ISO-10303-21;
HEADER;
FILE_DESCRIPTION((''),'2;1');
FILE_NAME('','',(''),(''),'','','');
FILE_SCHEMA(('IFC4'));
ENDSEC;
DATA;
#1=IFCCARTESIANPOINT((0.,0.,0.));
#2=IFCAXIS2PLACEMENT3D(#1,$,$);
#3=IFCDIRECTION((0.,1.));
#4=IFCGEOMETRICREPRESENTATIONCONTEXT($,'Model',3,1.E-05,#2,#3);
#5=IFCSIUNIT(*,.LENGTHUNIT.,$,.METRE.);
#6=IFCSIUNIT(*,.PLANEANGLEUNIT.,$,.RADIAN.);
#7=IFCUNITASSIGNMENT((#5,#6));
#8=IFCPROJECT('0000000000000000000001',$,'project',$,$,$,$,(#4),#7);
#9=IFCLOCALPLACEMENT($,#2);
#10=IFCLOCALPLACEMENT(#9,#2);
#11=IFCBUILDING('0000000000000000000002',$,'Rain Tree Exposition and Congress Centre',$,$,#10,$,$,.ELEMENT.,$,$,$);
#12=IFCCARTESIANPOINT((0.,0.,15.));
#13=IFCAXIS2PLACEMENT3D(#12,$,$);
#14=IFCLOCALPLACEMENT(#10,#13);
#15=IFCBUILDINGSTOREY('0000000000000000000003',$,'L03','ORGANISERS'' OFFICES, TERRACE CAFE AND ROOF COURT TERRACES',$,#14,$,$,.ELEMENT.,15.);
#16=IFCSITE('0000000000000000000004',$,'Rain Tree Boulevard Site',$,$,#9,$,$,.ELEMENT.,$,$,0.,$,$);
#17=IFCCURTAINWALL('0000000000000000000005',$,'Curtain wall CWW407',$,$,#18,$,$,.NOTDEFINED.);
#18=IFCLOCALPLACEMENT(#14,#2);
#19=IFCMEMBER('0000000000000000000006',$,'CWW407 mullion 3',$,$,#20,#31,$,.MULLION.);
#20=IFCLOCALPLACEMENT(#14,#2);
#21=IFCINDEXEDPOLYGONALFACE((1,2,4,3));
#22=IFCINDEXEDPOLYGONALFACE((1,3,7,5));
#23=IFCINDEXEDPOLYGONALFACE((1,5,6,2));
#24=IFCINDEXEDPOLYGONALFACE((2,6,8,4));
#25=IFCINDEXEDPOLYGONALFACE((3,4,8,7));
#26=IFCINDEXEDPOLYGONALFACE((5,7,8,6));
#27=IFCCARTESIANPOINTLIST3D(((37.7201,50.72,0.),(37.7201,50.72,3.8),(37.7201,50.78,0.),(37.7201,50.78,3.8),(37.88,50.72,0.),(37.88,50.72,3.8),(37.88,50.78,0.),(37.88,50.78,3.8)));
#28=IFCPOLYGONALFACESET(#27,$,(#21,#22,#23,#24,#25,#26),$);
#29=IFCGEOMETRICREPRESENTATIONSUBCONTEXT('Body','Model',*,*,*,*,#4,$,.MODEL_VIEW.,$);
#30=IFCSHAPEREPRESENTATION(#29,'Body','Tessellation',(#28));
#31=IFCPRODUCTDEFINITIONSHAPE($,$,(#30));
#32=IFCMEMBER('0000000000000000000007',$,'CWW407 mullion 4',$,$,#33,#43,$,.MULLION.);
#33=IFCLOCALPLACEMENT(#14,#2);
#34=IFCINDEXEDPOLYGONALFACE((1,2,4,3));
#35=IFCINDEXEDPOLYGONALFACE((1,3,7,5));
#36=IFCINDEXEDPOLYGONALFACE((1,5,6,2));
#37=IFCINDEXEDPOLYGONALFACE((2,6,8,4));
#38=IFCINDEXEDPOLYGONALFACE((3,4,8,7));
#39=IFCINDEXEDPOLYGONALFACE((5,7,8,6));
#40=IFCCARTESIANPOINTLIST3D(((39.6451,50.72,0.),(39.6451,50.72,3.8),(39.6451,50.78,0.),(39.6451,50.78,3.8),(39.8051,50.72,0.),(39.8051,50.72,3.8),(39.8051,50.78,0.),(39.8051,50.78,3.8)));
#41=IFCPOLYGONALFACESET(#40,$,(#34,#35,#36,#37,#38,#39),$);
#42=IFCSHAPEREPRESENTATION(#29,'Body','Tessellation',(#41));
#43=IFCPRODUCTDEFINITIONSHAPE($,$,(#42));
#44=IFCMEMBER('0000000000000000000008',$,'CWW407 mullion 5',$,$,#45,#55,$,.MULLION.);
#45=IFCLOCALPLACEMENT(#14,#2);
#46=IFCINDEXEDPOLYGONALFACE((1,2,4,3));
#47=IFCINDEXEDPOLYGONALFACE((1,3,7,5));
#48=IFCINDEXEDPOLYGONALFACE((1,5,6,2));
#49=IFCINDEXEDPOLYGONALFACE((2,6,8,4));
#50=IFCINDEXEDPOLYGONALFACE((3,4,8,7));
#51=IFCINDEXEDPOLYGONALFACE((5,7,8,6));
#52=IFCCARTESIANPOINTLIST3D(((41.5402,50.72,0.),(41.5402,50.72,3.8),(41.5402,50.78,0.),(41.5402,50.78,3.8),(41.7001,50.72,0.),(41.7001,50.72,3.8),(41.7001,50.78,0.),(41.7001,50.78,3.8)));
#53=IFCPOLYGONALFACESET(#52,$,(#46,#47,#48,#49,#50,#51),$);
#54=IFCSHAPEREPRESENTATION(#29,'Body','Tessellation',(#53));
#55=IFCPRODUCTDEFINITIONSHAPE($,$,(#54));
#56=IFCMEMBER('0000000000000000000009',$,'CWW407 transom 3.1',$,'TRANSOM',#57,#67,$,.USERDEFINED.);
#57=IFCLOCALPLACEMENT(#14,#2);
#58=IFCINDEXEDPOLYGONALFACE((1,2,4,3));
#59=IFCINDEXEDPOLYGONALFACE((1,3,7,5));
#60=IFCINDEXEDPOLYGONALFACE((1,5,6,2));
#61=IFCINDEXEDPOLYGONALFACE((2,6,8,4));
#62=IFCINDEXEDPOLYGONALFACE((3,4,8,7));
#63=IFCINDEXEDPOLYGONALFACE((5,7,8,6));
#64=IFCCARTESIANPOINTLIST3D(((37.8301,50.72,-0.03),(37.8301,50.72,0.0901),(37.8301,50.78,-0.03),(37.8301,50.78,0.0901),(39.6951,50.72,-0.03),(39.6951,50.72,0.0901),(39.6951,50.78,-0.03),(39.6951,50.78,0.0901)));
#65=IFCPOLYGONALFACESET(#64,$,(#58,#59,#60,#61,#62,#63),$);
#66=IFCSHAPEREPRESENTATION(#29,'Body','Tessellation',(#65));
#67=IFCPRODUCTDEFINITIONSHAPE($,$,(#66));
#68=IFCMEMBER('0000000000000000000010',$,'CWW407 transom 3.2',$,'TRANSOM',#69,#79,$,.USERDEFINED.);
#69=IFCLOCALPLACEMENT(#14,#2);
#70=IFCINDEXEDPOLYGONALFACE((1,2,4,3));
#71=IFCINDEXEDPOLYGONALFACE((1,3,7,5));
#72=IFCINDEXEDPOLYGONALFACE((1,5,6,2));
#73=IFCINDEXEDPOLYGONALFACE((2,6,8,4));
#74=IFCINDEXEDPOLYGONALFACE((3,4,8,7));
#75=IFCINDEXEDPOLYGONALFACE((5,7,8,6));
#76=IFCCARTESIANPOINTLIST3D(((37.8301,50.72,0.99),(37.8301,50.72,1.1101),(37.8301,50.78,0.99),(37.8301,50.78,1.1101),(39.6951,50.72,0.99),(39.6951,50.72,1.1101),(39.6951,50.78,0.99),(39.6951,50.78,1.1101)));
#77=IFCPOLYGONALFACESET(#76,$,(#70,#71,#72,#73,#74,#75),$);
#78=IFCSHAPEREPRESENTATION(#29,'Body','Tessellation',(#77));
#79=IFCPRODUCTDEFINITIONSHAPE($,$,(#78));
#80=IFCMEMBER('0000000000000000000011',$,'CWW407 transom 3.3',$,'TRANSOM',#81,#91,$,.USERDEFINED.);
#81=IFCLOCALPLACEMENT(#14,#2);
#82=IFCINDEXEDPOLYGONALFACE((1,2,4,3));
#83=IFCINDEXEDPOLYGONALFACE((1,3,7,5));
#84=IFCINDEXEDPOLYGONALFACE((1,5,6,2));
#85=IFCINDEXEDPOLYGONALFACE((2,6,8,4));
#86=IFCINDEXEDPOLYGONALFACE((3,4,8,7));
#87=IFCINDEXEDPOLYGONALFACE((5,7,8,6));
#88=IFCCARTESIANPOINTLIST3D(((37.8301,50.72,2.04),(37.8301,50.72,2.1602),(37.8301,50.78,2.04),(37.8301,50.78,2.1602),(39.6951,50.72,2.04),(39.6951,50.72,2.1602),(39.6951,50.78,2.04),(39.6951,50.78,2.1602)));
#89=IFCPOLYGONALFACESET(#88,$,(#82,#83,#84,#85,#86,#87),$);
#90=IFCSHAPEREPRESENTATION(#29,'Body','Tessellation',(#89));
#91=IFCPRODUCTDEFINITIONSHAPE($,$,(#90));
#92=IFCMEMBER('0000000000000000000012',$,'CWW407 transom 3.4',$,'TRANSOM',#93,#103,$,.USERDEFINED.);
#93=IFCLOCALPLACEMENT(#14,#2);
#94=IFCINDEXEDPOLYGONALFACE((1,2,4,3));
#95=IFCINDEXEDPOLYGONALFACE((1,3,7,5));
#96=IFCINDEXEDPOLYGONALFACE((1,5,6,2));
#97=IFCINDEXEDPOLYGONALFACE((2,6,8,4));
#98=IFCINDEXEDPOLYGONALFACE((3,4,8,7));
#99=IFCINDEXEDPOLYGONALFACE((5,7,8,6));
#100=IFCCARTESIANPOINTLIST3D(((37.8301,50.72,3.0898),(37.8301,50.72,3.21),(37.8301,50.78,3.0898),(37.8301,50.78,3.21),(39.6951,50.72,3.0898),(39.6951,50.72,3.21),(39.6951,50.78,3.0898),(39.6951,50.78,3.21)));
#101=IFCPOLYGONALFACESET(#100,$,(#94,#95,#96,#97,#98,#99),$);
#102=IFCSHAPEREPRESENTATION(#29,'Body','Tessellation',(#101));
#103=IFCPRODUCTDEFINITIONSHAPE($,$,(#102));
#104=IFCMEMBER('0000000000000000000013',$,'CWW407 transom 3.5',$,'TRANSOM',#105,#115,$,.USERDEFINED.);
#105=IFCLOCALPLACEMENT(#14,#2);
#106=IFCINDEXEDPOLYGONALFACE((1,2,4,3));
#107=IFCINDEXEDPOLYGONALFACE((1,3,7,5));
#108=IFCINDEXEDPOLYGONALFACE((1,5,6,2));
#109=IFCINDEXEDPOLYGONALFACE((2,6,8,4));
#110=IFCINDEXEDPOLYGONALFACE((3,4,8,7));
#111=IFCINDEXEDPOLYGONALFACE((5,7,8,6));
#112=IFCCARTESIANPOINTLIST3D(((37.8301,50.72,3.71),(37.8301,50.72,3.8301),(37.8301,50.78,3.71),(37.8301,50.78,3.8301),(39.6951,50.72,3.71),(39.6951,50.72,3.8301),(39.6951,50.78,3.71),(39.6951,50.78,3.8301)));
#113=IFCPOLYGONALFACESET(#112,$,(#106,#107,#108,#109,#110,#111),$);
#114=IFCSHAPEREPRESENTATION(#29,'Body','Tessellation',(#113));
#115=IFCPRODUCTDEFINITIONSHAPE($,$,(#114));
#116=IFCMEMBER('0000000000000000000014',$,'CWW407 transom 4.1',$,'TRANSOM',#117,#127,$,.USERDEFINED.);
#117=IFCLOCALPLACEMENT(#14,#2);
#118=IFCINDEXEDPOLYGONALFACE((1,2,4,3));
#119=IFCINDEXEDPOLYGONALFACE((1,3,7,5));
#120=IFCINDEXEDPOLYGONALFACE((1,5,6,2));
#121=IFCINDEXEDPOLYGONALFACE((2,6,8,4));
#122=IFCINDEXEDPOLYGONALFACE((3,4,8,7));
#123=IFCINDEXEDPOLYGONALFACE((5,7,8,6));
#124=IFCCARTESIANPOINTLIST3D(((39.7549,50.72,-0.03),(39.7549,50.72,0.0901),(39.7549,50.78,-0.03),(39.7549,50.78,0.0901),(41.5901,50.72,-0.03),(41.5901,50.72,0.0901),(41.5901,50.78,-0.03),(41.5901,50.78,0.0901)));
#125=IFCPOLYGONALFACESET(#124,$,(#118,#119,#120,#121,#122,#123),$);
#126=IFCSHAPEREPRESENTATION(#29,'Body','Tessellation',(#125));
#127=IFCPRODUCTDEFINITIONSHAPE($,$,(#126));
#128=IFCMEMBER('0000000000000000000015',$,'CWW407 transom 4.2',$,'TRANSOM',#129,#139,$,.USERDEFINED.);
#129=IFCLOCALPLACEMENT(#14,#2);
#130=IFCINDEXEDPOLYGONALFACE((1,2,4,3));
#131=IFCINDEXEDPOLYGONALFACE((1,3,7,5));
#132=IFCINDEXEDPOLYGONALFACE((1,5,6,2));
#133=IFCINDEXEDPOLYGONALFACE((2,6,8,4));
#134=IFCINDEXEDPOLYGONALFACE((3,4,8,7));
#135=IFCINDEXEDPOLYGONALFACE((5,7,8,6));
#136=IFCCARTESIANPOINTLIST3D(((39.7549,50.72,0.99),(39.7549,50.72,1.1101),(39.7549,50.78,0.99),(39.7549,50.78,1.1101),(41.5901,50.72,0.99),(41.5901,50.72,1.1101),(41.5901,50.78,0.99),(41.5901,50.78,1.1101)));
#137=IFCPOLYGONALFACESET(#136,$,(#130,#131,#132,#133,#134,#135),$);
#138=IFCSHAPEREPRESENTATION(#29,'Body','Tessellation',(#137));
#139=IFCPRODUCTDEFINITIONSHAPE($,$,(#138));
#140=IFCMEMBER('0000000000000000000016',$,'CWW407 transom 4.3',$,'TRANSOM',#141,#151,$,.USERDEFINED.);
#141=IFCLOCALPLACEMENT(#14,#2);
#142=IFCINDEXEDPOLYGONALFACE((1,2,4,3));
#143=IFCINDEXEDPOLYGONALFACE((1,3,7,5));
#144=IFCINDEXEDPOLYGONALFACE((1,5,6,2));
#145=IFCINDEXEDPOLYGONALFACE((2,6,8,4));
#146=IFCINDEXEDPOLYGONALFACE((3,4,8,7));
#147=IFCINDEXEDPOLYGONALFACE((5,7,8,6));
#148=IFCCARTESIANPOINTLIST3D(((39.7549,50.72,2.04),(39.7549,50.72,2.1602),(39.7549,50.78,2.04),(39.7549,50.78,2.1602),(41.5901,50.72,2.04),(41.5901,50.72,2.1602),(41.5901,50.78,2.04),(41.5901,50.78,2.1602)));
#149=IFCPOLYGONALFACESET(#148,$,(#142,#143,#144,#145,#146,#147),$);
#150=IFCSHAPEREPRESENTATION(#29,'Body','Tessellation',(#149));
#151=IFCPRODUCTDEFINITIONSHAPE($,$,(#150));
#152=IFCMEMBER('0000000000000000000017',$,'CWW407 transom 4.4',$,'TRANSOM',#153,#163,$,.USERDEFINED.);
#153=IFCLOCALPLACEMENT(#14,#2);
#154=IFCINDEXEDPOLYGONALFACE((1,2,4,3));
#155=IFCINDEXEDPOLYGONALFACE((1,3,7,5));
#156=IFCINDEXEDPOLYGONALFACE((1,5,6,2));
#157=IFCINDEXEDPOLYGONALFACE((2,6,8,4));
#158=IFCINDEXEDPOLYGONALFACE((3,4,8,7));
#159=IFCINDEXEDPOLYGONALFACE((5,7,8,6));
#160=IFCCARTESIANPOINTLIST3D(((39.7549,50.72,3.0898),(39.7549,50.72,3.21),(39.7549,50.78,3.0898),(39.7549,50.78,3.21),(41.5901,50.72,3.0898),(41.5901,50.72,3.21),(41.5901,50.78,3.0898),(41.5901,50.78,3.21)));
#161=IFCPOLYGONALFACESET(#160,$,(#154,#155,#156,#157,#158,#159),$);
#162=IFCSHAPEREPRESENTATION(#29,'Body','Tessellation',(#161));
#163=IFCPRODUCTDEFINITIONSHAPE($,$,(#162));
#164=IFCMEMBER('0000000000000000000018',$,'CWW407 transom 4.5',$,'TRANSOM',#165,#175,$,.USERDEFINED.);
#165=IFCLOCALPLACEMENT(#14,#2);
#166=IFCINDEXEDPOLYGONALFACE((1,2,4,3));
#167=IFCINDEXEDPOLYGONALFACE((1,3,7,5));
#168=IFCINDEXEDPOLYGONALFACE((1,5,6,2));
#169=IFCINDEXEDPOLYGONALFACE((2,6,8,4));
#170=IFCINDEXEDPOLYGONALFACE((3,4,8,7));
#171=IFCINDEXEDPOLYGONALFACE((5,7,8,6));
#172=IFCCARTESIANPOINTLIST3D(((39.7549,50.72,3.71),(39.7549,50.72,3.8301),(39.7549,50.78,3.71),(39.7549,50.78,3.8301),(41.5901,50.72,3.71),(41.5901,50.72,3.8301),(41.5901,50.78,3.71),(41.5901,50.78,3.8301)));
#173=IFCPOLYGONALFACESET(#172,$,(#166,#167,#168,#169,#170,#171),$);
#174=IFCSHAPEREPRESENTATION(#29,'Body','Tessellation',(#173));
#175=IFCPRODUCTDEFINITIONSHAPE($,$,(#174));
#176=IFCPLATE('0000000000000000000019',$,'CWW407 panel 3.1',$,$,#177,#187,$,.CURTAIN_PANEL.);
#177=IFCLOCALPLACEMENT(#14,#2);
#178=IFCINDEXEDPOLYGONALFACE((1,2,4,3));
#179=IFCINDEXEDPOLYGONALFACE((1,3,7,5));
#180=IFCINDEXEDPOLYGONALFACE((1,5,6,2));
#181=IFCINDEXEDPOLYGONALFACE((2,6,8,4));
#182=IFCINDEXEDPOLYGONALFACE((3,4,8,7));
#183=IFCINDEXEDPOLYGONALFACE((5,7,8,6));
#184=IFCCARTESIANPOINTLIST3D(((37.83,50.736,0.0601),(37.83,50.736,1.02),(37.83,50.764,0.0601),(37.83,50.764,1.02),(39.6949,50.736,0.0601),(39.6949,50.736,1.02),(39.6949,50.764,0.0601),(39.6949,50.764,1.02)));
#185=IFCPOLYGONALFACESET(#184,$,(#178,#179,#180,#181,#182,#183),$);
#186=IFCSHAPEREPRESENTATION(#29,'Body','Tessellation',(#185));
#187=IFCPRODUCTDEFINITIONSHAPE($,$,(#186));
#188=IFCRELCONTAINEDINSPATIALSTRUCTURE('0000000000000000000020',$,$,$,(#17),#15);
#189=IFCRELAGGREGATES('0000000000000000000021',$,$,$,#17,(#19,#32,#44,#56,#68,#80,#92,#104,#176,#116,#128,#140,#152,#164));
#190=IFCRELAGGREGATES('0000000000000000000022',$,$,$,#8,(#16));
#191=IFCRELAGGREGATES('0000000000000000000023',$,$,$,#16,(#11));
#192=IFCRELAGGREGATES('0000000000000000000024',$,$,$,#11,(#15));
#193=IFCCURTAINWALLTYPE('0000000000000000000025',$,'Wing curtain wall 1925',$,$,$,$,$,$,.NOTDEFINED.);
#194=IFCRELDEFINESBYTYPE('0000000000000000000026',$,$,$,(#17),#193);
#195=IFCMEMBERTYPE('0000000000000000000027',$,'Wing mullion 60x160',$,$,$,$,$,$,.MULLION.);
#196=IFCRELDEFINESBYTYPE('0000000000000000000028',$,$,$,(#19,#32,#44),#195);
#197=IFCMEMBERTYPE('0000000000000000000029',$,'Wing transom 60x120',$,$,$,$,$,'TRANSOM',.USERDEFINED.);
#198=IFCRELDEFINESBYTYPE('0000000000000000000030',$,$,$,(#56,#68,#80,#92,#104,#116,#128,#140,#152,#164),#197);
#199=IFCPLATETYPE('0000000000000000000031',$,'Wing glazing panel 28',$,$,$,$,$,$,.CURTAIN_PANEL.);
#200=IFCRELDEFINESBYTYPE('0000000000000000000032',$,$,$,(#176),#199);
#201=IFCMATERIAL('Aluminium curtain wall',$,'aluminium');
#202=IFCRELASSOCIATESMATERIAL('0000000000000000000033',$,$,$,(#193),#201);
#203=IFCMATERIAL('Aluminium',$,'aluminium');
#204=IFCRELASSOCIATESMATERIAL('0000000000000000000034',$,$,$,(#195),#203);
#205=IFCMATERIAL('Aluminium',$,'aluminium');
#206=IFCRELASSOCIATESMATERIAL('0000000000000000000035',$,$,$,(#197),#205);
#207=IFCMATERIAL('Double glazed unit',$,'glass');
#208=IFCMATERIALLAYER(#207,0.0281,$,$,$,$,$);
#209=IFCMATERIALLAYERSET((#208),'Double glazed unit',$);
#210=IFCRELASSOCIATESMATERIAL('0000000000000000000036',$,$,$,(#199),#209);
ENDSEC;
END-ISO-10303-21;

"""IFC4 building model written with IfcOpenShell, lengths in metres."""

from ifc_helpers import new_model, si_unit, direction, frame, origin, origin_2d, place, context, subcontext, project, spatial, rectangle, extrude, material, layer, layer_set, material_profile, profile_set, type_object, element, aggregate, save


model = new_model("IFC4")

# Units and contexts
model_context = context("Model", 3, precision=1e-05, world=origin(), true_north=direction((0.0, 1.0)))
body_context = subcontext(model_context, "Body", "Model", "MODEL_VIEW")
ifc_project = project(units=[si_unit("LENGTHUNIT", "METRE"), si_unit("PLANEANGLEUNIT", "RADIAN")], contexts=[model_context])

# Site, building, storey
site_placement = place(None, origin())
site = spatial("IfcSite", under=ifc_project, at=site_placement, Name="Rain Tree Boulevard Site", CompositionType="ELEMENT", RefElevation=0.0)
building_placement = place(site_placement, origin())
building = spatial("IfcBuilding", under=site, at=building_placement, Name="Rain Tree Exposition and Congress Centre", CompositionType="ELEMENT")
storey_placement = place(building_placement, frame((0.0, 0.0, 15.0)))
storey = spatial("IfcBuildingStorey", under=building, at=storey_placement, Name="L03", Description="ORGANISERS' OFFICES, TERRACE CAFE AND ROOF COURT TERRACES", CompositionType="ELEMENT", Elevation=15.0)

# Curtain wall, members, plate
ifc_material_1 = material(Name="Aluminium curtain wall", Category="aluminium")
curtain_wall_type = type_object("IfcCurtainWallType", Name="Wing curtain wall 1925", PredefinedType="NOTDEFINED", material=ifc_material_1)
curtain_wall_placement = place(storey_placement, origin())
curtain_wall = element("IfcCurtainWall", 1, at=curtain_wall_placement, inside=storey, type_object=curtain_wall_type, Name="Curtain wall CWW407", PredefinedType="NOTDEFINED")
ifc_material_2 = material(Name="Aluminium", Category="aluminium")
ifc_material_profile_1 = material_profile(ifc_material_2, rectangle(XDim=0.0601, YDim=0.1599, at=origin_2d()), Name="Aluminium 60x160")
ifc_profile_set_1 = profile_set([ifc_material_profile_1], Name="Aluminium")
member_type_1 = type_object("IfcMemberType", Name="Wing mullion 60x160", PredefinedType="MULLION", material=ifc_profile_set_1)
member_1_placement = place(storey_placement, frame((37.8, 50.75, 0.0), z_axis=(0.0, 0.0, 1.0), x_axis=(0.0, 1.0, 0.0)))
member_1 = element("IfcMember", 2, at=member_1_placement, type_object=member_type_1, Name="CWW407 mullion 3", PredefinedType="MULLION", context=body_context, shape_type="SweptSolid", body=[
    extrude(rectangle(XDim=0.0601, YDim=0.1599, at=origin_2d()), origin(), (0.0, 0.0, 1.0), 3.8),
])
member_2_placement = place(storey_placement, frame((39.7251, 50.75, 0.0), z_axis=(0.0, 0.0, 1.0), x_axis=(0.0, 1.0, 0.0)))
member_2 = element("IfcMember", 3, at=member_2_placement, type_object=member_type_1, Name="CWW407 mullion 4", PredefinedType="MULLION", context=body_context, shape_type="SweptSolid", body=[
    extrude(rectangle(XDim=0.0601, YDim=0.1599, at=origin_2d()), origin(), (0.0, 0.0, 1.0), 3.8),
])
member_3_placement = place(storey_placement, frame((41.6201, 50.75, 0.0), z_axis=(0.0, 0.0, 1.0), x_axis=(0.0, 1.0, 0.0)))
member_3 = element("IfcMember", 4, at=member_3_placement, type_object=member_type_1, Name="CWW407 mullion 5", PredefinedType="MULLION", context=body_context, shape_type="SweptSolid", body=[
    extrude(rectangle(XDim=0.0601, YDim=0.1599, at=origin_2d()), origin(), (0.0, 0.0, 1.0), 3.8),
])
ifc_material_3 = material(Name="Aluminium", Category="aluminium")
ifc_material_profile_2 = material_profile(ifc_material_3, rectangle(XDim=0.0601, YDim=0.1201, at=origin_2d()), Name="Aluminium 60x120")
ifc_profile_set_2 = profile_set([ifc_material_profile_2], Name="Aluminium")
member_type_2 = type_object("IfcMemberType", Name="Wing transom 60x120", ElementType="TRANSOM", PredefinedType="USERDEFINED", material=ifc_profile_set_2)
member_4_placement = place(storey_placement, frame((37.8301, 50.75, 0.03), z_axis=(1.0, 0.0, 0.0), x_axis=(0.0, 1.0, 0.0)))
member_4 = element("IfcMember", 5, at=member_4_placement, type_object=member_type_2, Name="CWW407 transom 3.1", ObjectType="TRANSOM", PredefinedType="USERDEFINED", context=body_context, shape_type="SweptSolid", body=[
    extrude(rectangle(XDim=0.0601, YDim=0.1201, at=origin_2d()), origin(), (0.0, 0.0, 1.0), 1.865),
])
member_5_placement = place(storey_placement, frame((37.8301, 50.75, 1.05), z_axis=(1.0, 0.0, 0.0), x_axis=(0.0, 1.0, 0.0)))
member_5 = element("IfcMember", 6, at=member_5_placement, type_object=member_type_2, Name="CWW407 transom 3.2", ObjectType="TRANSOM", PredefinedType="USERDEFINED", context=body_context, shape_type="SweptSolid", body=[
    extrude(rectangle(XDim=0.0601, YDim=0.1201, at=origin_2d()), origin(), (0.0, 0.0, 1.0), 1.865),
])
member_6_placement = place(storey_placement, frame((37.8301, 50.75, 2.1001), z_axis=(1.0, 0.0, 0.0), x_axis=(0.0, 1.0, 0.0)))
member_6 = element("IfcMember", 7, at=member_6_placement, type_object=member_type_2, Name="CWW407 transom 3.3", ObjectType="TRANSOM", PredefinedType="USERDEFINED", context=body_context, shape_type="SweptSolid", body=[
    extrude(rectangle(XDim=0.0601, YDim=0.1201, at=origin_2d()), origin(), (0.0, 0.0, 1.0), 1.865),
])
member_7_placement = place(storey_placement, frame((37.8301, 50.75, 3.1499), z_axis=(1.0, 0.0, 0.0), x_axis=(0.0, 1.0, 0.0)))
member_7 = element("IfcMember", 8, at=member_7_placement, type_object=member_type_2, Name="CWW407 transom 3.4", ObjectType="TRANSOM", PredefinedType="USERDEFINED", context=body_context, shape_type="SweptSolid", body=[
    extrude(rectangle(XDim=0.0601, YDim=0.1201, at=origin_2d()), origin(), (0.0, 0.0, 1.0), 1.865),
])
member_8_placement = place(storey_placement, frame((37.8301, 50.75, 3.77), z_axis=(1.0, 0.0, 0.0), x_axis=(0.0, 1.0, 0.0)))
member_8 = element("IfcMember", 9, at=member_8_placement, type_object=member_type_2, Name="CWW407 transom 3.5", ObjectType="TRANSOM", PredefinedType="USERDEFINED", context=body_context, shape_type="SweptSolid", body=[
    extrude(rectangle(XDim=0.0601, YDim=0.1201, at=origin_2d()), origin(), (0.0, 0.0, 1.0), 1.865),
])
member_9_placement = place(storey_placement, frame((39.7549, 50.75, 0.03), z_axis=(1.0, 0.0, 0.0), x_axis=(0.0, 1.0, 0.0)))
member_9 = element("IfcMember", 10, at=member_9_placement, type_object=member_type_2, Name="CWW407 transom 4.1", ObjectType="TRANSOM", PredefinedType="USERDEFINED", context=body_context, shape_type="SweptSolid", body=[
    extrude(rectangle(XDim=0.0601, YDim=0.1201, at=origin_2d()), origin(), (0.0, 0.0, 1.0), 1.8352),
])
member_10_placement = place(storey_placement, frame((39.7549, 50.75, 1.05), z_axis=(1.0, 0.0, 0.0), x_axis=(0.0, 1.0, 0.0)))
member_10 = element("IfcMember", 11, at=member_10_placement, type_object=member_type_2, Name="CWW407 transom 4.2", ObjectType="TRANSOM", PredefinedType="USERDEFINED", context=body_context, shape_type="SweptSolid", body=[
    extrude(rectangle(XDim=0.0601, YDim=0.1201, at=origin_2d()), origin(), (0.0, 0.0, 1.0), 1.8352),
])
member_11_placement = place(storey_placement, frame((39.7549, 50.75, 2.1001), z_axis=(1.0, 0.0, 0.0), x_axis=(0.0, 1.0, 0.0)))
member_11 = element("IfcMember", 12, at=member_11_placement, type_object=member_type_2, Name="CWW407 transom 4.3", ObjectType="TRANSOM", PredefinedType="USERDEFINED", context=body_context, shape_type="SweptSolid", body=[
    extrude(rectangle(XDim=0.0601, YDim=0.1201, at=origin_2d()), origin(), (0.0, 0.0, 1.0), 1.8352),
])
member_12_placement = place(storey_placement, frame((39.7549, 50.75, 3.1499), z_axis=(1.0, 0.0, 0.0), x_axis=(0.0, 1.0, 0.0)))
member_12 = element("IfcMember", 13, at=member_12_placement, type_object=member_type_2, Name="CWW407 transom 4.4", ObjectType="TRANSOM", PredefinedType="USERDEFINED", context=body_context, shape_type="SweptSolid", body=[
    extrude(rectangle(XDim=0.0601, YDim=0.1201, at=origin_2d()), origin(), (0.0, 0.0, 1.0), 1.8352),
])
member_13_placement = place(storey_placement, frame((39.7549, 50.75, 3.77), z_axis=(1.0, 0.0, 0.0), x_axis=(0.0, 1.0, 0.0)))
member_13 = element("IfcMember", 14, at=member_13_placement, type_object=member_type_2, Name="CWW407 transom 4.5", ObjectType="TRANSOM", PredefinedType="USERDEFINED", context=body_context, shape_type="SweptSolid", body=[
    extrude(rectangle(XDim=0.0601, YDim=0.1201, at=origin_2d()), origin(), (0.0, 0.0, 1.0), 1.8352),
])
ifc_material_4 = material(Name="Double glazed unit", Category="glass")
ifc_layer_1 = layer(ifc_material_4, 0.0281)
ifc_layer_set_1 = layer_set([ifc_layer_1], Name="Double glazed unit")
plate_type = type_object("IfcPlateType", Name="Wing glazing panel 28", PredefinedType="CURTAIN_PANEL", material=ifc_layer_set_1)
plate_1_placement = place(storey_placement, frame((38.7625, 50.75, 0.0601), z_axis=(0.0, 0.0, 1.0), x_axis=(1.0, 0.0, 0.0)))
plate_1 = element("IfcPlate", 15, at=plate_1_placement, type_object=plate_type, Name="CWW407 panel 3.1", PredefinedType="CURTAIN_PANEL", context=body_context, shape_type="SweptSolid", body=[
    extrude(rectangle(XDim=1.865, YDim=0.0281, at=origin_2d()), origin(), (0.0, 0.0, 1.0), 0.96),
])
aggregate(curtain_wall, [member_1, member_2, member_3, member_4, member_5, member_6, member_7, member_8, plate_1, member_9, member_10, member_11, member_12, member_13])

save(model, "model.ifc")
